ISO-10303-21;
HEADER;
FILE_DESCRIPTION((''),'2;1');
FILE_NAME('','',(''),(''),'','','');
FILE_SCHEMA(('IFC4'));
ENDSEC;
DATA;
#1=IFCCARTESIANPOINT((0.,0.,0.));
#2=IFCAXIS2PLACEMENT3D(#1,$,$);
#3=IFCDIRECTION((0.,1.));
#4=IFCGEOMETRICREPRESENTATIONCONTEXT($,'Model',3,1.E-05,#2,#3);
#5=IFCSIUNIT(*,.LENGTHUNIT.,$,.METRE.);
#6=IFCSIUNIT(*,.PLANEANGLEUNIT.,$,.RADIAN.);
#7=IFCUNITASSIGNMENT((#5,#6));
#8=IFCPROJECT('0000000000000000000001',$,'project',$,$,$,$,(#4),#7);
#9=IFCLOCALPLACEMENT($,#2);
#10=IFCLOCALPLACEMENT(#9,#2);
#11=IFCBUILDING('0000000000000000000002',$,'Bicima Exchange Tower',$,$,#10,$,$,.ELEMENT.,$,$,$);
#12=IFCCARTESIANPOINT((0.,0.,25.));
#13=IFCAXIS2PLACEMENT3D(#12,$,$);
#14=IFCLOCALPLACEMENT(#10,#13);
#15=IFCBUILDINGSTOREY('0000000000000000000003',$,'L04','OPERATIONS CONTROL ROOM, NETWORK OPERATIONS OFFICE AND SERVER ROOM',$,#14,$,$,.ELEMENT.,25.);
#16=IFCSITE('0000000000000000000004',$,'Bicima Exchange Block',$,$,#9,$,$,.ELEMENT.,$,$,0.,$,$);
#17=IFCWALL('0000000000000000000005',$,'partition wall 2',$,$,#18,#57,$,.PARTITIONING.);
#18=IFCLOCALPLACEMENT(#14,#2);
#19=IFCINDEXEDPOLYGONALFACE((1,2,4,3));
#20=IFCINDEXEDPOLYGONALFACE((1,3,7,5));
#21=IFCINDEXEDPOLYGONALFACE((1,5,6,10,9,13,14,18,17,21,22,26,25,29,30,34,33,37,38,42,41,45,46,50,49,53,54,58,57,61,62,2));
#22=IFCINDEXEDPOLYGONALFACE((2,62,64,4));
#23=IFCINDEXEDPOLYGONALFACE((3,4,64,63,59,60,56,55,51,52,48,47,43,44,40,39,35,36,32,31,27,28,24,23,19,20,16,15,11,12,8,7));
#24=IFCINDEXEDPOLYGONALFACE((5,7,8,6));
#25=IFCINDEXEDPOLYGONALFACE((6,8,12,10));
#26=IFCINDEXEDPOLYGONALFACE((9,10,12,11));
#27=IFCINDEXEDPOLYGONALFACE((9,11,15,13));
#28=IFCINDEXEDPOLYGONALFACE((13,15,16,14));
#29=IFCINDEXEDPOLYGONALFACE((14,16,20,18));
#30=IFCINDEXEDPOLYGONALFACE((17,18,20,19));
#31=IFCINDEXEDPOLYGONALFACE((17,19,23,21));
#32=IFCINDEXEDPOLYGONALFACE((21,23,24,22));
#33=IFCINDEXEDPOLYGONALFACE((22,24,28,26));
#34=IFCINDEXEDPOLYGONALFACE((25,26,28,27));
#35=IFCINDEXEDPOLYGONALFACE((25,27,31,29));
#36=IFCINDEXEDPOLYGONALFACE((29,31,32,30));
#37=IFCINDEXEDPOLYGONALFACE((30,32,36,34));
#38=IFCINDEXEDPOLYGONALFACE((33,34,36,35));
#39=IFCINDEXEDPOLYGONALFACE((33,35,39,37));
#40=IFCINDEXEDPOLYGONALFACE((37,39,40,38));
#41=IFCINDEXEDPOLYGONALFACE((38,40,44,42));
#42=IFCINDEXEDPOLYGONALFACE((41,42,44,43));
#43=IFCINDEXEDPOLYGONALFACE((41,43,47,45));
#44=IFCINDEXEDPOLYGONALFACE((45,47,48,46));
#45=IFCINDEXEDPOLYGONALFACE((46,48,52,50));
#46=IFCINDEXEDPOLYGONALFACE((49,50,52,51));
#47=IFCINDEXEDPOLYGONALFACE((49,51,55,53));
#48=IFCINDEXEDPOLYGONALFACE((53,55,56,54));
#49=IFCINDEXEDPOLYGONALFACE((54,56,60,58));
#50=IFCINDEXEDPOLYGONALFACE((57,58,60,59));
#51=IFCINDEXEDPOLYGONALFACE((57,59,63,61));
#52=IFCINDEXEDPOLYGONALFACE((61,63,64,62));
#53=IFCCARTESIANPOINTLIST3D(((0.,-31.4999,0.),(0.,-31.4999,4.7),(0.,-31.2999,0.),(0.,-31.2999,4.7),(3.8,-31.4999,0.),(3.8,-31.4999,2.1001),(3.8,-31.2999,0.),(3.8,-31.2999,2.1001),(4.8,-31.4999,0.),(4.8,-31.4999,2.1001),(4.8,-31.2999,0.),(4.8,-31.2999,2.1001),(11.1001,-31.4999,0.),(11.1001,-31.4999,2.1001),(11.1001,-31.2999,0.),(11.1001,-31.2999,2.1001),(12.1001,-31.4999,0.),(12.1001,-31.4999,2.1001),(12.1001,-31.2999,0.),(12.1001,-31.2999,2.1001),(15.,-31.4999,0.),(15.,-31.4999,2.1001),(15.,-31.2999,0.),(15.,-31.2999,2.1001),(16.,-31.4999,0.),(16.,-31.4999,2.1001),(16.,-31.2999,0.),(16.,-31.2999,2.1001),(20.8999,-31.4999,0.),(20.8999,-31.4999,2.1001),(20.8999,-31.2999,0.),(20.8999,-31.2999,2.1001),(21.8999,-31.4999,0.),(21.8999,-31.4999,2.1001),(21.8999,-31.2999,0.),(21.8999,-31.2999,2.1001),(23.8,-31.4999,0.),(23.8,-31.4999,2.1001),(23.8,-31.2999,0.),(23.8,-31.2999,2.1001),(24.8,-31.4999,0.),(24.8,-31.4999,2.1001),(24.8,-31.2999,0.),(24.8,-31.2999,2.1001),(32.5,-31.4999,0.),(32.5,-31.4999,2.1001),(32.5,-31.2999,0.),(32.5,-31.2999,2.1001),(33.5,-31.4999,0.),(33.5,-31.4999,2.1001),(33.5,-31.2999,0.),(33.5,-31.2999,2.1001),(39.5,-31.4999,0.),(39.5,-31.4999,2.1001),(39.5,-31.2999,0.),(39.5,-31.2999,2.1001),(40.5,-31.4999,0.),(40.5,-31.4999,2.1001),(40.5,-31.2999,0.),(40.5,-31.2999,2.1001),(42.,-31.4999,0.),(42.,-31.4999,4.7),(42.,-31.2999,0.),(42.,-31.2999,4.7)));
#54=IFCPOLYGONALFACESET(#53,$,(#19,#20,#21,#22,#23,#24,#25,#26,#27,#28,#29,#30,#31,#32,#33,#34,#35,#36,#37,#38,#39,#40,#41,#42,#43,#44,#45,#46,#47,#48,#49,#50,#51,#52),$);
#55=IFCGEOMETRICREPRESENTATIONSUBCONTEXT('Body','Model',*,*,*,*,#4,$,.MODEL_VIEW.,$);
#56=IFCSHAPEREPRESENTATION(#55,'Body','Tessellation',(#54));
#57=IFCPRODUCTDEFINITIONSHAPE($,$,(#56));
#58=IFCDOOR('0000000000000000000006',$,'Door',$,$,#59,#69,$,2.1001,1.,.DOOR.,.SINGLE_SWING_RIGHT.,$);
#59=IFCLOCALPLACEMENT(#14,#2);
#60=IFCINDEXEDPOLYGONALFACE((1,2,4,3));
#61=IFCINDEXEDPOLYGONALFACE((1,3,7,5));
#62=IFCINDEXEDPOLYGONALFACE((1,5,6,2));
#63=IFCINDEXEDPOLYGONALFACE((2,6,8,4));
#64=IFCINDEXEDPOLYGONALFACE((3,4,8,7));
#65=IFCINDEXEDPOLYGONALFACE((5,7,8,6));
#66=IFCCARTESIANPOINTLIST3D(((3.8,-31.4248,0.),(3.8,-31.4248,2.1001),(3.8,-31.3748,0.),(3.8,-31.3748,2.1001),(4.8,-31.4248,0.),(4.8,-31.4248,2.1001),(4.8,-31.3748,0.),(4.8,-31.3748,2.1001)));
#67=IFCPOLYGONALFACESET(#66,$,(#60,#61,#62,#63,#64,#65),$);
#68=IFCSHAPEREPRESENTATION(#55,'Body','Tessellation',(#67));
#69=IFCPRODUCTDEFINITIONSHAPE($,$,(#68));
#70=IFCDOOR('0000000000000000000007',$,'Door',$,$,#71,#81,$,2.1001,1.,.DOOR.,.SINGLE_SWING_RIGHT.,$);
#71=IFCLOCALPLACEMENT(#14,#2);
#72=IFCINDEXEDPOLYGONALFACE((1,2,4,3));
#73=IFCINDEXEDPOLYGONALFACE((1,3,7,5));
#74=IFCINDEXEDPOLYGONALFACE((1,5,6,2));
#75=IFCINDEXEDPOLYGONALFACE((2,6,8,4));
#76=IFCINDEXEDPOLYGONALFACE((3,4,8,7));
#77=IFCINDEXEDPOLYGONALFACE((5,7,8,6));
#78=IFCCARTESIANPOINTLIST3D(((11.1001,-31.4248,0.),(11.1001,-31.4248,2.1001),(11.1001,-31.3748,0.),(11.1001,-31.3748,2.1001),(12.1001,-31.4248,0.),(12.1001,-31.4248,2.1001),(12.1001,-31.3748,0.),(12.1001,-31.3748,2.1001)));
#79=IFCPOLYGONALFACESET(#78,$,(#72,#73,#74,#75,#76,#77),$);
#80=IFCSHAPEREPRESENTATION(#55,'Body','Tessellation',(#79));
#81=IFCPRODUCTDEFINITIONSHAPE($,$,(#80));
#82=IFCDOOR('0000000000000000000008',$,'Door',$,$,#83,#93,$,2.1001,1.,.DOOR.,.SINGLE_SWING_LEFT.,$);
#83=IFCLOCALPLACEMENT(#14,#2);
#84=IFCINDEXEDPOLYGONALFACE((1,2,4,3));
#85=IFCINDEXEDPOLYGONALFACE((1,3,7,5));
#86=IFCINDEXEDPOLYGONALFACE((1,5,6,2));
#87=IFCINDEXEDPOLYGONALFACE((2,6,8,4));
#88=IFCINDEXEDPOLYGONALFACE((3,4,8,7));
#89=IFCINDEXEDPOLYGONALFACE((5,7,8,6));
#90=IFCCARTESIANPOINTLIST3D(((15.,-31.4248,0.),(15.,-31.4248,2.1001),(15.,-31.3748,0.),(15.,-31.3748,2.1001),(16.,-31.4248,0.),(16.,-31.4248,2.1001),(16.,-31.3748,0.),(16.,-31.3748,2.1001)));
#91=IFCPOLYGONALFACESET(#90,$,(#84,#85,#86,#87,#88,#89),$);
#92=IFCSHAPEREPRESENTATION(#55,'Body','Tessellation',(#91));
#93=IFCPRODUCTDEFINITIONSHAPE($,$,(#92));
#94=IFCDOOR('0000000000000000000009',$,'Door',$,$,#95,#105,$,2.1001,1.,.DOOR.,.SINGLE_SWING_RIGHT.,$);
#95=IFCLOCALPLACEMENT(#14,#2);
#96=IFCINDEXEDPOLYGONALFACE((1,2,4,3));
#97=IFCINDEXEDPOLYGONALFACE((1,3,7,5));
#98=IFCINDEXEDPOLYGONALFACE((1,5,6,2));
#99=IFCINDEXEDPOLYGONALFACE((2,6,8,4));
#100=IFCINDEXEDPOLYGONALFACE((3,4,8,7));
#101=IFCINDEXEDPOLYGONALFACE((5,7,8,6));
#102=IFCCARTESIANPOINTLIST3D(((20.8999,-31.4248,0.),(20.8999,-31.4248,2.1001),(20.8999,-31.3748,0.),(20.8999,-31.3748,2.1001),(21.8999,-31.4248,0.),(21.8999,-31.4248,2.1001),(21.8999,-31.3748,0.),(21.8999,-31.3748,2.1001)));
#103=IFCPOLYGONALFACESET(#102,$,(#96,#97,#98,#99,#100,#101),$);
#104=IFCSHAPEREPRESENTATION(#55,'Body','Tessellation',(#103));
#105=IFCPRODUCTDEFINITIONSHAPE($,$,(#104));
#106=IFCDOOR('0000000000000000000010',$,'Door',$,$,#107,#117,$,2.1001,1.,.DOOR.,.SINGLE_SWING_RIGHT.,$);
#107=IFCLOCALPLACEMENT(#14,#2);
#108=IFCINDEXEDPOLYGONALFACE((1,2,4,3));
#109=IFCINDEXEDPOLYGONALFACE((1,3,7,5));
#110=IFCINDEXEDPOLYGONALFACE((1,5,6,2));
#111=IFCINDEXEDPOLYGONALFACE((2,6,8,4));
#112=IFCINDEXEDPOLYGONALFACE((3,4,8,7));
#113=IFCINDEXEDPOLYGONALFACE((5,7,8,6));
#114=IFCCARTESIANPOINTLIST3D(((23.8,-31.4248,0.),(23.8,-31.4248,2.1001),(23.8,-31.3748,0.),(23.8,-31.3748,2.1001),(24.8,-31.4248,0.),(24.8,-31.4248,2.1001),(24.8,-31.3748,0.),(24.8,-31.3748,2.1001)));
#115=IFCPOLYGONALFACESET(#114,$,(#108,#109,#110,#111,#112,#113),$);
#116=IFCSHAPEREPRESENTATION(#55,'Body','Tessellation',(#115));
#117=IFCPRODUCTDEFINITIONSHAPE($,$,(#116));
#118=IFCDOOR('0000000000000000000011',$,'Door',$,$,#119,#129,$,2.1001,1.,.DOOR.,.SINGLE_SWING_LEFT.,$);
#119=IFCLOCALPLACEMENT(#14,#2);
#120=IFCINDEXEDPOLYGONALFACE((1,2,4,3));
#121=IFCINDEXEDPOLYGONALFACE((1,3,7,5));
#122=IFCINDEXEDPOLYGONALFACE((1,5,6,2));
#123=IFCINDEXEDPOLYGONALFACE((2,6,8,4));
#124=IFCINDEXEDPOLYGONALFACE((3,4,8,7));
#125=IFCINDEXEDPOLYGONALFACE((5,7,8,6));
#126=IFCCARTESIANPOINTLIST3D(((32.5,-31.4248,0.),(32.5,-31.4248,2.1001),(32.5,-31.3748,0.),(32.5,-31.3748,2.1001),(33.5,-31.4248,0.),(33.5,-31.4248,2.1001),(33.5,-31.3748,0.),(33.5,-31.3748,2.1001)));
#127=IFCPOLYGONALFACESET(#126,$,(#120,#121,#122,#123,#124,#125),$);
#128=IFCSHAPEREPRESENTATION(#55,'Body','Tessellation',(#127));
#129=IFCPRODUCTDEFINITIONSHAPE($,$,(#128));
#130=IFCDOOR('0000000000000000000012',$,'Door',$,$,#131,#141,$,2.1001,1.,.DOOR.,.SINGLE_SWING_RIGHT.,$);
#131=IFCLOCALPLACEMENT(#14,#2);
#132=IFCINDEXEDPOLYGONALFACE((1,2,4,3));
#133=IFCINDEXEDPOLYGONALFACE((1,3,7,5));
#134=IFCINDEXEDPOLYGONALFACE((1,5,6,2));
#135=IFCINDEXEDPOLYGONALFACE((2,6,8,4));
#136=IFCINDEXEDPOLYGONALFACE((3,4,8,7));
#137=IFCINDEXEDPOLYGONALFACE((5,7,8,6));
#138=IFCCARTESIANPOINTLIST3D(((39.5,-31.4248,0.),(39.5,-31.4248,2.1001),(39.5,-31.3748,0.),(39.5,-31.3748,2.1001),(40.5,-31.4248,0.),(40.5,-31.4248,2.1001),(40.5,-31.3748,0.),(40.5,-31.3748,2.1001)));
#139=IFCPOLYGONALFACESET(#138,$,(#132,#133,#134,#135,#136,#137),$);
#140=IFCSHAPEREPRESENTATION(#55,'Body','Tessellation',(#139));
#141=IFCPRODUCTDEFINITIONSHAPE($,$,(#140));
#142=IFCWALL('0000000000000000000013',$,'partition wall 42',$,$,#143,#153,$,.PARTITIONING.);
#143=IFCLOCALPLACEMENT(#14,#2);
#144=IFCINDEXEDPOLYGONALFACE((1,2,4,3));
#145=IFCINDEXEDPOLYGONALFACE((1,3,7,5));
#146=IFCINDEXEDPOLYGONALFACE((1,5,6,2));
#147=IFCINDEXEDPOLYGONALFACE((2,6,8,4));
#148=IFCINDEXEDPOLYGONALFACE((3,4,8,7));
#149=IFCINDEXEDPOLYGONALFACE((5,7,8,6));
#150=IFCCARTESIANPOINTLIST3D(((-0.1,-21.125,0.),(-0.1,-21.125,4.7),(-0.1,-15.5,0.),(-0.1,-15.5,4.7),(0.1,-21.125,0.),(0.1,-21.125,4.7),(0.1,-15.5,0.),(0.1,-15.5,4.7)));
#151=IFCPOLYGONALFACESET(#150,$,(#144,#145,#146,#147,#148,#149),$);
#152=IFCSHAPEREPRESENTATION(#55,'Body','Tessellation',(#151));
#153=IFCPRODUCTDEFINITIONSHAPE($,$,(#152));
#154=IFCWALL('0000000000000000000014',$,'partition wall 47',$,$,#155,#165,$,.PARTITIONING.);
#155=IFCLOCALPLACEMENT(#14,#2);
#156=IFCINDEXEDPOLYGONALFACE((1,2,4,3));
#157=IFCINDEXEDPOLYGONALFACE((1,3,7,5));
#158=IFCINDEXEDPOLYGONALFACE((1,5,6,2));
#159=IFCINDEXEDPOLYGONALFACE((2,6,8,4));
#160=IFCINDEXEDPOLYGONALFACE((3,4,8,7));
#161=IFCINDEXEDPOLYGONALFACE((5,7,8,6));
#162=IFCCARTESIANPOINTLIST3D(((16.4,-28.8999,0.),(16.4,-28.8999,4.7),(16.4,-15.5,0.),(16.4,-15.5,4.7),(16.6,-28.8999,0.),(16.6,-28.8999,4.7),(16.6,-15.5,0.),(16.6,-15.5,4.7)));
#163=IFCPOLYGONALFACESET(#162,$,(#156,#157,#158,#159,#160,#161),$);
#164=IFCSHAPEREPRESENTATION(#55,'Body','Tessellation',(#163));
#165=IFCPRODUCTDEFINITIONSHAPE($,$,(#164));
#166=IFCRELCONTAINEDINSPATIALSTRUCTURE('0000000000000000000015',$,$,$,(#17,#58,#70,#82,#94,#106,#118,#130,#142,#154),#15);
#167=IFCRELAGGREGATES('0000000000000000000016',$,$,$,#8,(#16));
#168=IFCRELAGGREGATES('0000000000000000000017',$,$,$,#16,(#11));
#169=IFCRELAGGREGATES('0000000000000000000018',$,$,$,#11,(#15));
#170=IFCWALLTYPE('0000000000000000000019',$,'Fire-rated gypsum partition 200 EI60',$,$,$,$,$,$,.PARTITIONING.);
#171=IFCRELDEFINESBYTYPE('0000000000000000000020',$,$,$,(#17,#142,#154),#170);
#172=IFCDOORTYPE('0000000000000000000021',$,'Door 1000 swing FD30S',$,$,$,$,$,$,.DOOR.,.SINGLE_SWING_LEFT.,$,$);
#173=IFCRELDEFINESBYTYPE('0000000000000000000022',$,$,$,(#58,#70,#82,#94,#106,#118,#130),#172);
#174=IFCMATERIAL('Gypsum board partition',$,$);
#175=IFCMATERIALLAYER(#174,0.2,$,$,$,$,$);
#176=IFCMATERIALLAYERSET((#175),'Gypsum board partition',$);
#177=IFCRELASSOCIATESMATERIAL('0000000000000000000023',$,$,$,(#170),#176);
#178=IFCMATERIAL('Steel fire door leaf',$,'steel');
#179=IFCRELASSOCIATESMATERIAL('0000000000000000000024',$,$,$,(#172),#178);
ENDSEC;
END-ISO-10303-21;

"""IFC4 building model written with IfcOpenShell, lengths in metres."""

from ifc_helpers import new_model, si_unit, direction, frame, frame_2d, origin, place, context, subcontext, project, spatial, rectangle, extrude, material, layer, layer_set, type_object, element, fill, save


model = new_model("IFC4")

# Units and contexts
model_context = context("Model", 3, precision=1e-05, world=origin(), true_north=direction((0.0, 1.0)))
body_context = subcontext(model_context, "Body", "Model", "MODEL_VIEW")
ifc_project = project(units=[si_unit("LENGTHUNIT", "METRE"), si_unit("PLANEANGLEUNIT", "RADIAN")], contexts=[model_context])

# Site, building, storey
site_placement = place(None, origin())
site = spatial("IfcSite", under=ifc_project, at=site_placement, Name="Bicima Exchange Block", CompositionType="ELEMENT", RefElevation=0.0)
building_placement = place(site_placement, origin())
building = spatial("IfcBuilding", under=site, at=building_placement, Name="Bicima Exchange Tower", CompositionType="ELEMENT")
storey_placement = place(building_placement, frame((0.0, 0.0, 25.0)))
storey = spatial("IfcBuildingStorey", under=building, at=storey_placement, Name="L04", Description="OPERATIONS CONTROL ROOM, NETWORK OPERATIONS OFFICE AND SERVER ROOM", CompositionType="ELEMENT", Elevation=25.0)

# Wall, openings, doors
ifc_material_1 = material(Name="Gypsum board partition")
ifc_layer_1 = layer(ifc_material_1, 0.2)
ifc_layer_set_1 = layer_set([ifc_layer_1], Name="Gypsum board partition")
wall_type_1 = type_object("IfcWallType", Name="Fire-rated gypsum partition 200 EI60", PredefinedType="PARTITIONING", material=ifc_layer_set_1)
wall_1_placement = place(storey_placement, frame((0.0, -31.3999, 0.0), z_axis=(0.0, 0.0, 1.0), x_axis=(1.0, 0.0, 0.0)))
wall_1 = element("IfcWall", 1, at=wall_1_placement, inside=storey, type_object=wall_type_1, Name="partition wall 2", PredefinedType="PARTITIONING", context=body_context, shape_type="SweptSolid", body=[
    extrude(rectangle(XDim=42.0, YDim=0.2, at=frame_2d((21.0, 0.0))), origin(), (0.0, 0.0, 1.0), 4.7),
])
opening_1_placement = place(wall_1_placement, frame((3.8, 0.0, 0.0)))
opening_1 = element("IfcOpeningElement", 2, at=opening_1_placement, cuts=wall_1, PredefinedType="OPENING", context=body_context, shape_type="SweptSolid", body=[
    extrude(rectangle(XDim=1.0, YDim=2.1001, at=frame_2d((0.5, 1.05))), frame((0.0, 0.1118, 0.0), z_axis=(0.0, -1.0, 0.0), x_axis=(1.0, 0.0, 0.0)), (0.0, 0.0, 1.0), 0.2239),
])
opening_2_placement = place(wall_1_placement, frame((11.1001, 0.0, 0.0)))
opening_2 = element("IfcOpeningElement", 3, at=opening_2_placement, cuts=wall_1, PredefinedType="OPENING", context=body_context, shape_type="SweptSolid", body=[
    extrude(rectangle(XDim=1.0, YDim=2.1001, at=frame_2d((0.5, 1.05))), frame((0.0, 0.1118, 0.0), z_axis=(0.0, -1.0, 0.0), x_axis=(1.0, 0.0, 0.0)), (0.0, 0.0, 1.0), 0.2239),
])
opening_3_placement = place(wall_1_placement, frame((15.0, 0.0, 0.0)))
opening_3 = element("IfcOpeningElement", 4, at=opening_3_placement, cuts=wall_1, PredefinedType="OPENING", context=body_context, shape_type="SweptSolid", body=[
    extrude(rectangle(XDim=1.0, YDim=2.1001, at=frame_2d((0.5, 1.05))), frame((0.0, 0.1118, 0.0), z_axis=(0.0, -1.0, 0.0), x_axis=(1.0, 0.0, 0.0)), (0.0, 0.0, 1.0), 0.2239),
])
opening_4_placement = place(wall_1_placement, frame((20.8999, 0.0, 0.0)))
opening_4 = element("IfcOpeningElement", 5, at=opening_4_placement, cuts=wall_1, PredefinedType="OPENING", context=body_context, shape_type="SweptSolid", body=[
    extrude(rectangle(XDim=1.0, YDim=2.1001, at=frame_2d((0.5, 1.05))), frame((0.0, 0.1118, 0.0), z_axis=(0.0, -1.0, 0.0), x_axis=(1.0, 0.0, 0.0)), (0.0, 0.0, 1.0), 0.2239),
])
opening_5_placement = place(wall_1_placement, frame((23.8, 0.0, 0.0)))
opening_5 = element("IfcOpeningElement", 6, at=opening_5_placement, cuts=wall_1, PredefinedType="OPENING", context=body_context, shape_type="SweptSolid", body=[
    extrude(rectangle(XDim=1.0, YDim=2.1001, at=frame_2d((0.5, 1.05))), frame((0.0, 0.1118, 0.0), z_axis=(0.0, -1.0, 0.0), x_axis=(1.0, 0.0, 0.0)), (0.0, 0.0, 1.0), 0.2239),
])
opening_6_placement = place(wall_1_placement, frame((32.5, 0.0, 0.0)))
opening_6 = element("IfcOpeningElement", 7, at=opening_6_placement, cuts=wall_1, PredefinedType="OPENING", context=body_context, shape_type="SweptSolid", body=[
    extrude(rectangle(XDim=1.0, YDim=2.1001, at=frame_2d((0.5, 1.05))), frame((0.0, 0.1118, 0.0), z_axis=(0.0, -1.0, 0.0), x_axis=(1.0, 0.0, 0.0)), (0.0, 0.0, 1.0), 0.2239),
])
opening_7_placement = place(wall_1_placement, frame((39.5, 0.0, 0.0)))
opening_7 = element("IfcOpeningElement", 8, at=opening_7_placement, cuts=wall_1, PredefinedType="OPENING", context=body_context, shape_type="SweptSolid", body=[
    extrude(rectangle(XDim=1.0, YDim=2.1001, at=frame_2d((0.5, 1.05))), frame((0.0, 0.1118, 0.0), z_axis=(0.0, -1.0, 0.0), x_axis=(1.0, 0.0, 0.0)), (0.0, 0.0, 1.0), 0.2239),
])
ifc_material_2 = material(Name="Steel fire door leaf", Category="steel")
door_type = type_object("IfcDoorType", Name="Door 1000 swing FD30S", OperationType="SINGLE_SWING_LEFT", PredefinedType="DOOR", material=ifc_material_2)
door_1_placement = place(opening_1_placement, frame((1.0, 0.0, 0.0), z_axis=(0.0, 0.0, 1.0), x_axis=(-1.0, 0.0, 0.0)))
door_1 = element("IfcDoor", 9, at=door_1_placement, inside=storey, type_object=door_type, Name="Door", OperationType="SINGLE_SWING_RIGHT", OverallHeight=2.1001, OverallWidth=1.0, PredefinedType="DOOR", context=body_context, shape_type="SweptSolid", body=[
    extrude(rectangle(XDim=1.0, YDim=2.1001, at=frame_2d((0.5, 1.05))), frame((0.0, 0.0249, 0.0), z_axis=(0.0, -1.0, 0.0), x_axis=(1.0, 0.0, 0.0)), (0.0, 0.0, 1.0), 0.05),
])
fill(opening_1, door_1)
door_2_placement = place(opening_2_placement, frame((1.0, 0.0, 0.0), z_axis=(0.0, 0.0, 1.0), x_axis=(-1.0, 0.0, 0.0)))
door_2 = element("IfcDoor", 10, at=door_2_placement, inside=storey, type_object=door_type, Name="Door", OperationType="SINGLE_SWING_RIGHT", OverallHeight=2.1001, OverallWidth=1.0, PredefinedType="DOOR", context=body_context, shape_type="SweptSolid", body=[
    extrude(rectangle(XDim=1.0, YDim=2.1001, at=frame_2d((0.5, 1.05))), frame((0.0, 0.0249, 0.0), z_axis=(0.0, -1.0, 0.0), x_axis=(1.0, 0.0, 0.0)), (0.0, 0.0, 1.0), 0.05),
])
fill(opening_2, door_2)
door_3_placement = place(opening_3_placement, frame((1.0, 0.0, 0.0), z_axis=(0.0, 0.0, 1.0), x_axis=(-1.0, 0.0, 0.0)))
door_3 = element("IfcDoor", 11, at=door_3_placement, inside=storey, type_object=door_type, Name="Door", OperationType="SINGLE_SWING_LEFT", OverallHeight=2.1001, OverallWidth=1.0, PredefinedType="DOOR", context=body_context, shape_type="SweptSolid", body=[
    extrude(rectangle(XDim=1.0, YDim=2.1001, at=frame_2d((0.5, 1.05))), frame((0.0, 0.0249, 0.0), z_axis=(0.0, -1.0, 0.0), x_axis=(1.0, 0.0, 0.0)), (0.0, 0.0, 1.0), 0.05),
])
fill(opening_3, door_3)
door_4_placement = place(opening_4_placement, frame((1.0, 0.0, 0.0), z_axis=(0.0, 0.0, 1.0), x_axis=(-1.0, 0.0, 0.0)))
door_4 = element("IfcDoor", 12, at=door_4_placement, inside=storey, type_object=door_type, Name="Door", OperationType="SINGLE_SWING_RIGHT", OverallHeight=2.1001, OverallWidth=1.0, PredefinedType="DOOR", context=body_context, shape_type="SweptSolid", body=[
    extrude(rectangle(XDim=1.0, YDim=2.1001, at=frame_2d((0.5, 1.05))), frame((0.0, 0.0249, 0.0), z_axis=(0.0, -1.0, 0.0), x_axis=(1.0, 0.0, 0.0)), (0.0, 0.0, 1.0), 0.05),
])
fill(opening_4, door_4)
door_5_placement = place(opening_5_placement, frame((1.0, 0.0, 0.0), z_axis=(0.0, 0.0, 1.0), x_axis=(-1.0, 0.0, 0.0)))
door_5 = element("IfcDoor", 13, at=door_5_placement, inside=storey, type_object=door_type, Name="Door", OperationType="SINGLE_SWING_RIGHT", OverallHeight=2.1001, OverallWidth=1.0, PredefinedType="DOOR", context=body_context, shape_type="SweptSolid", body=[
    extrude(rectangle(XDim=1.0, YDim=2.1001, at=frame_2d((0.5, 1.05))), frame((0.0, 0.0249, 0.0), z_axis=(0.0, -1.0, 0.0), x_axis=(1.0, 0.0, 0.0)), (0.0, 0.0, 1.0), 0.05),
])
fill(opening_5, door_5)
door_6_placement = place(opening_6_placement, frame((1.0, 0.0, 0.0), z_axis=(0.0, 0.0, 1.0), x_axis=(-1.0, 0.0, 0.0)))
door_6 = element("IfcDoor", 14, at=door_6_placement, inside=storey, type_object=door_type, Name="Door", OperationType="SINGLE_SWING_LEFT", OverallHeight=2.1001, OverallWidth=1.0, PredefinedType="DOOR", context=body_context, shape_type="SweptSolid", body=[
    extrude(rectangle(XDim=1.0, YDim=2.1001, at=frame_2d((0.5, 1.05))), frame((0.0, 0.0249, 0.0), z_axis=(0.0, -1.0, 0.0), x_axis=(1.0, 0.0, 0.0)), (0.0, 0.0, 1.0), 0.05),
])
fill(opening_6, door_6)
door_7_placement = place(opening_7_placement, frame((1.0, 0.0, 0.0), z_axis=(0.0, 0.0, 1.0), x_axis=(-1.0, 0.0, 0.0)))
door_7 = element("IfcDoor", 15, at=door_7_placement, inside=storey, type_object=door_type, Name="Door", OperationType="SINGLE_SWING_RIGHT", OverallHeight=2.1001, OverallWidth=1.0, PredefinedType="DOOR", context=body_context, shape_type="SweptSolid", body=[
    extrude(rectangle(XDim=1.0, YDim=2.1001, at=frame_2d((0.5, 1.05))), frame((0.0, 0.0249, 0.0), z_axis=(0.0, -1.0, 0.0), x_axis=(1.0, 0.0, 0.0)), (0.0, 0.0, 1.0), 0.05),
])
fill(opening_7, door_7)

# Walls
wall_2_placement = place(storey_placement, frame((0.0, -21.125, 0.0), z_axis=(0.0, 0.0, 1.0), x_axis=(0.0, 1.0, 0.0)))
element("IfcWall", 16, at=wall_2_placement, inside=storey, type_object=wall_type_1, Name="partition wall 42", PredefinedType="PARTITIONING", context=body_context, shape_type="SweptSolid", body=[
    extrude(rectangle(XDim=5.625, YDim=0.2, at=frame_2d((2.8125, 0.0))), origin(), (0.0, 0.0, 1.0), 4.7),
])
wall_3_placement = place(storey_placement, frame((16.5, -28.8999, 0.0), z_axis=(0.0, 0.0, 1.0), x_axis=(0.0, 1.0, 0.0)))
element("IfcWall", 17, at=wall_3_placement, inside=storey, type_object=wall_type_1, Name="partition wall 47", PredefinedType="PARTITIONING", context=body_context, shape_type="SweptSolid", body=[
    extrude(rectangle(XDim=13.3999, YDim=0.2, at=frame_2d((6.7, 0.0))), origin(), (0.0, 0.0, 1.0), 4.7),
])

save(model, "model.ifc")
